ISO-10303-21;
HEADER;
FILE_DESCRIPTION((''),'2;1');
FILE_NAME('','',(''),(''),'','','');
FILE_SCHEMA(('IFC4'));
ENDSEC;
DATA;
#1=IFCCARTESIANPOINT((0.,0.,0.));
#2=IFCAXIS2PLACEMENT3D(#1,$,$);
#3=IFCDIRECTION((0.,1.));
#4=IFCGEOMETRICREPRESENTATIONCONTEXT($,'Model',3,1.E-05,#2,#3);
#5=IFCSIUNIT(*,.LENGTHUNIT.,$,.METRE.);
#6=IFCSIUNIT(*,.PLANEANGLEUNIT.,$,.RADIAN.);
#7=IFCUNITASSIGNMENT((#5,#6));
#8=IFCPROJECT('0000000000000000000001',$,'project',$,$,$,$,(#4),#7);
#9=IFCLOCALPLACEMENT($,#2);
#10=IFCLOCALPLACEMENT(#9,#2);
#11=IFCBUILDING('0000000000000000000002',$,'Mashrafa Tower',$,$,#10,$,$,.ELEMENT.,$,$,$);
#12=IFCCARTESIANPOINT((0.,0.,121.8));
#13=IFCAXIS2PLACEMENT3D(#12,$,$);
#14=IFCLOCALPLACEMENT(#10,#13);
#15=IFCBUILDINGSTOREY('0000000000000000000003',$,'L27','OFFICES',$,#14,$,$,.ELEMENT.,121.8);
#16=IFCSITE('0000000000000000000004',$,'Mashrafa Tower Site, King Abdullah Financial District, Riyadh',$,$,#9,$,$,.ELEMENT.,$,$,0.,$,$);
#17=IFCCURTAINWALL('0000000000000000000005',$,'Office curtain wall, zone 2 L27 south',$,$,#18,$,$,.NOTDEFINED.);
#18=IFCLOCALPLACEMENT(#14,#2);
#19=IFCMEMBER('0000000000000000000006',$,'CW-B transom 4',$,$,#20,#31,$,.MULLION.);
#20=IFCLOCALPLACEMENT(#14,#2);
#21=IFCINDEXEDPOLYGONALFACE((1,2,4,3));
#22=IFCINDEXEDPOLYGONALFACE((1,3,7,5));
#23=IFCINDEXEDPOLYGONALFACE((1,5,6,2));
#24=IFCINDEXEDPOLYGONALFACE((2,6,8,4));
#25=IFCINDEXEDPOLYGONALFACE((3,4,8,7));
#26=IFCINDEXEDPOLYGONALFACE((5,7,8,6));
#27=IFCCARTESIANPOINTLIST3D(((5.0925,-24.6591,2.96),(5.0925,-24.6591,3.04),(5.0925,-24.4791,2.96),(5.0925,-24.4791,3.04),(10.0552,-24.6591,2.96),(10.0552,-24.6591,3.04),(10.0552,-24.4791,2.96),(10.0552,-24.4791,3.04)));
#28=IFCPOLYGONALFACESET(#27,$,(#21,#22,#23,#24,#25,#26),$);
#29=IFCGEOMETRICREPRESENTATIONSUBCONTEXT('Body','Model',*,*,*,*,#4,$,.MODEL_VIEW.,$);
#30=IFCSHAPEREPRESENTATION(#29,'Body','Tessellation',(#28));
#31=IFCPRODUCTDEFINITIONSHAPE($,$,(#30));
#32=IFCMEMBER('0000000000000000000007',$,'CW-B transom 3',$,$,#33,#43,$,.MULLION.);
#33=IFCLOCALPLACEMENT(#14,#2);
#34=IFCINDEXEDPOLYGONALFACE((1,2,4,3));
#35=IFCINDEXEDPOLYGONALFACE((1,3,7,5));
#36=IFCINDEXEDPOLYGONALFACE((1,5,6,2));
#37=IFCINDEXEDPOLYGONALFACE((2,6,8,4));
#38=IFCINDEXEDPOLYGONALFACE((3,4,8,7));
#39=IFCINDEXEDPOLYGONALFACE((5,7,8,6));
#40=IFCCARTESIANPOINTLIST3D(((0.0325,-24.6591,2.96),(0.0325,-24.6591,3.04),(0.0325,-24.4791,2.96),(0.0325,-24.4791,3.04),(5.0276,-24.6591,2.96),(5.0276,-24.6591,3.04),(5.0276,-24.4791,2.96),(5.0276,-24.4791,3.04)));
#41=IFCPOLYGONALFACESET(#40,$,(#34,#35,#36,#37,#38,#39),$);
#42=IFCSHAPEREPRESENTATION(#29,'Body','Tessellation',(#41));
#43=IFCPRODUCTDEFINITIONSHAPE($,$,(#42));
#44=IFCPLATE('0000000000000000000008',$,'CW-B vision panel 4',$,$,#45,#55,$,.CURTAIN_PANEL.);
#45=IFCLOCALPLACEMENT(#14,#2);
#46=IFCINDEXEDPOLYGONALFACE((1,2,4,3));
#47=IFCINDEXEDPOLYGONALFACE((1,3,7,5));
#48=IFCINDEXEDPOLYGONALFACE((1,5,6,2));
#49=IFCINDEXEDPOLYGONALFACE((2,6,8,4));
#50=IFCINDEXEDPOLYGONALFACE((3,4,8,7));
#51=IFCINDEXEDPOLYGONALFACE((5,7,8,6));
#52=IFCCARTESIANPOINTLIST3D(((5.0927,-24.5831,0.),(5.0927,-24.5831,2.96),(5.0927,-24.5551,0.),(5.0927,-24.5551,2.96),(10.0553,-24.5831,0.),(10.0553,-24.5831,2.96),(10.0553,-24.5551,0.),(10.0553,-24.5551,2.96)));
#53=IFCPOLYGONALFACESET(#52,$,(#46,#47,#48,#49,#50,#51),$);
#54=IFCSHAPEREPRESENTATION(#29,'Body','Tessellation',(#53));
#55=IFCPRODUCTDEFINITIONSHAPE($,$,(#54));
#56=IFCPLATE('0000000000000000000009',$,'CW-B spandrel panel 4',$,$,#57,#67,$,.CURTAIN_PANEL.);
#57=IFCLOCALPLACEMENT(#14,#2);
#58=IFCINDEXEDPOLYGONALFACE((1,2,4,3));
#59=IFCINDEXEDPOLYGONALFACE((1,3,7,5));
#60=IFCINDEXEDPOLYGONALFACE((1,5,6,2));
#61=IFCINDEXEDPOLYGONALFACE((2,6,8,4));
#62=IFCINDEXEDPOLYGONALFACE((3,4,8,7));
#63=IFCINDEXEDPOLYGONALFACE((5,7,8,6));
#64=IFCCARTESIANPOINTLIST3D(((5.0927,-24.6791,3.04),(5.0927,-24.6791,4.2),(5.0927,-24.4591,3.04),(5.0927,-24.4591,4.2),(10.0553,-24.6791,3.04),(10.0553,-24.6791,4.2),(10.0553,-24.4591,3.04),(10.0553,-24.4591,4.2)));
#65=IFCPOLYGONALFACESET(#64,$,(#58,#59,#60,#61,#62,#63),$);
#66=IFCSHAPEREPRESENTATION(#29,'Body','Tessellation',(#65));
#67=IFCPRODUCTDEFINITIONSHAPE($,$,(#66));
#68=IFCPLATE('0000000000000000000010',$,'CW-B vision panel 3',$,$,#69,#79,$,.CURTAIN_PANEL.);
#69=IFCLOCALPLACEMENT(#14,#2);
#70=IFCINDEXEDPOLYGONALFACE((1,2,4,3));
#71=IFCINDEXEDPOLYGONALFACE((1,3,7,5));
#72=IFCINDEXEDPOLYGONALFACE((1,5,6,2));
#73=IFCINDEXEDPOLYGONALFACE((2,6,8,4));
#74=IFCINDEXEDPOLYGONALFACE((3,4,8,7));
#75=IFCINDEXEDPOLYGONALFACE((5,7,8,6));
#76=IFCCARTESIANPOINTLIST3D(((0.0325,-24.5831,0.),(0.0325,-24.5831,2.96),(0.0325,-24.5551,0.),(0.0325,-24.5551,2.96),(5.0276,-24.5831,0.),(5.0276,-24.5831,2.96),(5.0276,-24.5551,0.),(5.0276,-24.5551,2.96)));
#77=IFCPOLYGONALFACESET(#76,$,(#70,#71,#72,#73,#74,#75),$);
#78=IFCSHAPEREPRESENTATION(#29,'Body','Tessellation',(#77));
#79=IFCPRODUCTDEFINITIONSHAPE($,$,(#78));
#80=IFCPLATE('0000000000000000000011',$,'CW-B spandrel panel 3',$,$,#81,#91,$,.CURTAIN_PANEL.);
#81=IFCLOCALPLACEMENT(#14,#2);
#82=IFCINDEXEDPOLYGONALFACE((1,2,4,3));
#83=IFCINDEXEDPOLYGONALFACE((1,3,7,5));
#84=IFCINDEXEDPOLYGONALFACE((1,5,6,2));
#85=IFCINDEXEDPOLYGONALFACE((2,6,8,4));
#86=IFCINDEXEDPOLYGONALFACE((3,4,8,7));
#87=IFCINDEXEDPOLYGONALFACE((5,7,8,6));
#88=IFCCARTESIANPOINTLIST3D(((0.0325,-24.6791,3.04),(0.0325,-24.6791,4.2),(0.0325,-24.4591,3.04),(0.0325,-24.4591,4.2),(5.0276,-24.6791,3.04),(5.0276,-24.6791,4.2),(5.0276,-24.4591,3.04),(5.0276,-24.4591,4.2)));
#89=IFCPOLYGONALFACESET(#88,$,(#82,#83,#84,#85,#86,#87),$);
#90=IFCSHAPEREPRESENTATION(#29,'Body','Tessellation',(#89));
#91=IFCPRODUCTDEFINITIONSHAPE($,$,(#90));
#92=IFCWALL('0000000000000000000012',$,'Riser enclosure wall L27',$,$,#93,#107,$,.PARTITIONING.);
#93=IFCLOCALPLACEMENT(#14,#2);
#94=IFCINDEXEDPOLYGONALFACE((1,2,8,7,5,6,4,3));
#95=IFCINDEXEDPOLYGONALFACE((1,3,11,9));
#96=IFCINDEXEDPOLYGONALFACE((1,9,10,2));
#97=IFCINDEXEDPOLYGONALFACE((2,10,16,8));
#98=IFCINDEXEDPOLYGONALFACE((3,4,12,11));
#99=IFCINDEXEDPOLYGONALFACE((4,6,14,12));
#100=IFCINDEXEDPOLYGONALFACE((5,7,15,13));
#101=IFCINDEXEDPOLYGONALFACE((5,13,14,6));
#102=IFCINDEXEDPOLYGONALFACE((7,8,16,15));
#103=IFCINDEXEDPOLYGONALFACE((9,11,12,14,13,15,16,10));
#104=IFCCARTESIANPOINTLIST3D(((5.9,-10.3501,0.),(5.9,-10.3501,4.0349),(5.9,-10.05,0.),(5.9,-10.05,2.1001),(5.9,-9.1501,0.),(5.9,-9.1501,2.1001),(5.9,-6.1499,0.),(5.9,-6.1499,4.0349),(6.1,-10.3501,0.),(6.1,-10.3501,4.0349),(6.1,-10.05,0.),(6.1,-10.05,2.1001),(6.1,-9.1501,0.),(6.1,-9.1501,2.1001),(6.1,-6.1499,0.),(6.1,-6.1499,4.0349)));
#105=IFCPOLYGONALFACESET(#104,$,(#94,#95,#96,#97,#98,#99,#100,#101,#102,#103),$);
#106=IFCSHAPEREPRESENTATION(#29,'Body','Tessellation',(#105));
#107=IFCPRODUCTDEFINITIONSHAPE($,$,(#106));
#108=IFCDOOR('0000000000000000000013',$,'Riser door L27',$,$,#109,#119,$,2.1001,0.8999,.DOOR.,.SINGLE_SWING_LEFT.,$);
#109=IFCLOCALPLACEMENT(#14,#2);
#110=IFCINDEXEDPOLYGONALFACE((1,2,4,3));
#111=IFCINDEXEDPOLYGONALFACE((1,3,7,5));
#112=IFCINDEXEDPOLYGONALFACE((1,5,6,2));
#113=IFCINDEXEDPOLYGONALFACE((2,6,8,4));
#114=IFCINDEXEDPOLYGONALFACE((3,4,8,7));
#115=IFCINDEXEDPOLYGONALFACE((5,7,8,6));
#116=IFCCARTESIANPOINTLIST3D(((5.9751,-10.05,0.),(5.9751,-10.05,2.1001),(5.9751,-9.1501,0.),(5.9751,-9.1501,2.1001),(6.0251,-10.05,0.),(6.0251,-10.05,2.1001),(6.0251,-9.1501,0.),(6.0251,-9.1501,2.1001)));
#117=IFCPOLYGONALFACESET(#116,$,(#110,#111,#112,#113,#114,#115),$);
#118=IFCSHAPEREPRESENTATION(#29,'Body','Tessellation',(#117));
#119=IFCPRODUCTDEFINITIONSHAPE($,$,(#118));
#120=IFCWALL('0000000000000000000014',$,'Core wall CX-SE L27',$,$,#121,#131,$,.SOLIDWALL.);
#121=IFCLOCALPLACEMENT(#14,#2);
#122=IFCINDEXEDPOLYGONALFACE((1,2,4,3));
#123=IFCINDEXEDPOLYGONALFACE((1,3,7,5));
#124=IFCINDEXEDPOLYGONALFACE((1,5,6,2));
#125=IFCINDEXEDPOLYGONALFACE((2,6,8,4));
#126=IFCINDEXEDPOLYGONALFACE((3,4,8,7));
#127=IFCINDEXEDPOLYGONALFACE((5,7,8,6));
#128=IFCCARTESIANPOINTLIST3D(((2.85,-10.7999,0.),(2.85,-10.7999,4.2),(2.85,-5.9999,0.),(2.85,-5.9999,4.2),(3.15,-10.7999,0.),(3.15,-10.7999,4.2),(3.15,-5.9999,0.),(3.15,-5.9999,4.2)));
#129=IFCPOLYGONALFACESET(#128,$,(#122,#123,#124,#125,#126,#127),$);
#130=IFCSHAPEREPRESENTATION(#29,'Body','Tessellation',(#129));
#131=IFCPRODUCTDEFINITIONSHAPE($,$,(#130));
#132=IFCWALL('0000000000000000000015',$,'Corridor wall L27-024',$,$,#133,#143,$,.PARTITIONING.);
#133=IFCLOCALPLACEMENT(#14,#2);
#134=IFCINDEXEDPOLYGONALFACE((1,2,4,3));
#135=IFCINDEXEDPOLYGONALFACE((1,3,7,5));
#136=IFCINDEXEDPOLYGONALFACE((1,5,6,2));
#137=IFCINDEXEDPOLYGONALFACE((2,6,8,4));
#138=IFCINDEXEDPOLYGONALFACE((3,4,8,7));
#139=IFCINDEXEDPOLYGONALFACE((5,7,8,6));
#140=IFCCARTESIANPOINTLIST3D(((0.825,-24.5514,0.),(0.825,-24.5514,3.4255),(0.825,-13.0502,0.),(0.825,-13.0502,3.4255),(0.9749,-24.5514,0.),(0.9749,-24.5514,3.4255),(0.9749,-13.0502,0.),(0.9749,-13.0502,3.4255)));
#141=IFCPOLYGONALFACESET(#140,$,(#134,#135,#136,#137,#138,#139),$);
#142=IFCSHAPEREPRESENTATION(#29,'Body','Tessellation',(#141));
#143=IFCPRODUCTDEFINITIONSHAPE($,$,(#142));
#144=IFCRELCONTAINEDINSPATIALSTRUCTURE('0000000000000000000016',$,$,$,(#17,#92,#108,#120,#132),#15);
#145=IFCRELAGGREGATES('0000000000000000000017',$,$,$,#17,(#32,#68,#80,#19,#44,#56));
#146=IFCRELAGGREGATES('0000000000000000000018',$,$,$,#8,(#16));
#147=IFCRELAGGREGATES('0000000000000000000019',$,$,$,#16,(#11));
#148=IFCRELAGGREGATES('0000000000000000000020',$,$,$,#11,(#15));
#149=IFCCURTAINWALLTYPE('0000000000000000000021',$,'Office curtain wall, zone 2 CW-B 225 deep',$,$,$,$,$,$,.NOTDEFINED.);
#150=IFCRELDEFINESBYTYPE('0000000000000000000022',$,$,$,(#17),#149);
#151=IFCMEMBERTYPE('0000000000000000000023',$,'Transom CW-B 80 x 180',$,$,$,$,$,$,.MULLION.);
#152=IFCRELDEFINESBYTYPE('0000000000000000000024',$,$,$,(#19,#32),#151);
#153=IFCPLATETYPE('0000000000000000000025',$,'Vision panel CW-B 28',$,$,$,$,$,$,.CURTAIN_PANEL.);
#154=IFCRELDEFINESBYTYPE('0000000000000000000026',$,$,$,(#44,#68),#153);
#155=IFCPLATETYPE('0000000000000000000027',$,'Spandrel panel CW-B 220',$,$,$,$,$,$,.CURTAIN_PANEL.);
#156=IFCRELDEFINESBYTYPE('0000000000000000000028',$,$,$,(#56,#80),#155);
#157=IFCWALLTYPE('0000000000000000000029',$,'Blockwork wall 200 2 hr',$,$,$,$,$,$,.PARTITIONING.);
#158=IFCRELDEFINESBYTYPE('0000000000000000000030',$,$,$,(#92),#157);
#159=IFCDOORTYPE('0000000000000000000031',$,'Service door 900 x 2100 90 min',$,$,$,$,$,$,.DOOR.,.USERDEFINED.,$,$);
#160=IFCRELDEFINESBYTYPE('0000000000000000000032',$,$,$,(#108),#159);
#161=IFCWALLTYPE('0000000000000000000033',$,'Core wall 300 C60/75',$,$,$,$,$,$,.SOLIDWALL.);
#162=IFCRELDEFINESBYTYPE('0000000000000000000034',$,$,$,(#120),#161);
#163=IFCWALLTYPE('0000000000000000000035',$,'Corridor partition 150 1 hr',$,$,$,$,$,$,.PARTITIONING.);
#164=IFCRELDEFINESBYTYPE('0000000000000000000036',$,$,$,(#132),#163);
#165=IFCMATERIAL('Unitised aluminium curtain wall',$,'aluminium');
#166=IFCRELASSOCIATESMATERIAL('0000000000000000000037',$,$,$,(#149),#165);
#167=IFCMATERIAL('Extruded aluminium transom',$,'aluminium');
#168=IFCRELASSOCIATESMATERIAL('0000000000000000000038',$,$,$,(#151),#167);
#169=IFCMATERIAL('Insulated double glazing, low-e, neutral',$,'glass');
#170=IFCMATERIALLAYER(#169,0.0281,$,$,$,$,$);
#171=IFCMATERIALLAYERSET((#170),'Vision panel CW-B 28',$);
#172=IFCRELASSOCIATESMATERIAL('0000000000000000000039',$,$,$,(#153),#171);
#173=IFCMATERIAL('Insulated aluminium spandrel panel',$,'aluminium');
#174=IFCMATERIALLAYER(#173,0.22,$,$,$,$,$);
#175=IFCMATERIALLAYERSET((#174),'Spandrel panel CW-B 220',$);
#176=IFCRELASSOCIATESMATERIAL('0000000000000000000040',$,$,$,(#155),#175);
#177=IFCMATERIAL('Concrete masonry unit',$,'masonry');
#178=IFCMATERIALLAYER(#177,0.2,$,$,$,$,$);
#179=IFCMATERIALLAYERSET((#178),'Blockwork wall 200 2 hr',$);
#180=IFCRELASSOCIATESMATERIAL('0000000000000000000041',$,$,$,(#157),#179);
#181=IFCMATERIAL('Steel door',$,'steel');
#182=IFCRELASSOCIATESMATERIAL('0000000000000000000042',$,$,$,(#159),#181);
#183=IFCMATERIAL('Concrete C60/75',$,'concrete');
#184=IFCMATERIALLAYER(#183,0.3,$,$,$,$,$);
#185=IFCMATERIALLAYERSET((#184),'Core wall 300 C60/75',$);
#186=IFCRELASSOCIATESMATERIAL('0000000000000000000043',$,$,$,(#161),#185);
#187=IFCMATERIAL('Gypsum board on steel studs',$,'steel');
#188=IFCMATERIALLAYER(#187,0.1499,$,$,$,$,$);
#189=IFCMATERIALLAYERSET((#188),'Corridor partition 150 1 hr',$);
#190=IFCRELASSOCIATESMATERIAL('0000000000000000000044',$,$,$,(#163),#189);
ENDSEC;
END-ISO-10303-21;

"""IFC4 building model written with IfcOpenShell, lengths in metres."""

from ifc_helpers import new_model, si_unit, direction, frame, frame_2d, origin, origin_2d, place, context, subcontext, project, spatial, rectangle, extrude, source, transform, mapped, material, layer, layer_set, material_profile, profile_set, type_object, type_shapes, element, fill, aggregate, save


model = new_model("IFC4")

# Units and contexts
model_context = context("Model", 3, precision=1e-05, world=origin(), true_north=direction((0.0, 1.0)))
body_context = subcontext(model_context, "Body", "Model", "MODEL_VIEW")
ifc_project = project(units=[si_unit("LENGTHUNIT", "METRE"), si_unit("PLANEANGLEUNIT", "RADIAN")], contexts=[model_context])

# Site, building, storey
site_placement = place(None, origin())
site = spatial("IfcSite", under=ifc_project, at=site_placement, Name="Mashrafa Tower Site, King Abdullah Financial District, Riyadh", CompositionType="ELEMENT", RefElevation=0.0)
building_placement = place(site_placement, origin())
building = spatial("IfcBuilding", under=site, at=building_placement, Name="Mashrafa Tower", CompositionType="ELEMENT")
storey_placement = place(building_placement, frame((0.0, 0.0, 121.8)))
storey = spatial("IfcBuildingStorey", under=building, at=storey_placement, Name="L27", Description="OFFICES", CompositionType="ELEMENT", Elevation=121.8)

# Curtain wall, members, plates
ifc_material_1 = material(Name="Unitised aluminium curtain wall", Category="aluminium")
curtain_wall_type = type_object("IfcCurtainWallType", Name="Office curtain wall, zone 2 CW-B 225 deep", PredefinedType="NOTDEFINED", material=ifc_material_1)
curtain_wall_placement = place(storey_placement, origin())
curtain_wall = element("IfcCurtainWall", 1, at=curtain_wall_placement, inside=storey, type_object=curtain_wall_type, Name="Office curtain wall, zone 2 L27 south", PredefinedType="NOTDEFINED")
ifc_material_2 = material(Name="Extruded aluminium transom", Category="aluminium")
ifc_material_profile_1 = material_profile(ifc_material_2, rectangle(XDim=0.1799, YDim=0.0801, at=origin_2d()), Name="Transom 80x180")
ifc_profile_set_1 = profile_set([ifc_material_profile_1], Name="Extruded aluminium transom")
member_type_1 = type_object("IfcMemberType", Name="Transom CW-B 80 x 180", PredefinedType="MULLION", material=ifc_profile_set_1)
shared_shape_1 = source(origin(), body_context, "Body", "SweptSolid", [
    extrude(rectangle(XDim=0.1799, YDim=0.0801, at=origin_2d()), origin(), (0.0, 0.0, 1.0), 4.9626),
])
member_1_placement = place(storey_placement, frame((5.0925, -24.5691, 3.0), z_axis=(1.0, 0.0, 0.0), x_axis=(0.0, 1.0, 0.0)))
member_1 = element("IfcMember", 2, at=member_1_placement, type_object=member_type_1, Name="CW-B transom 4", PredefinedType="MULLION", context=body_context, shape_type="MappedRepresentation", body=[
    mapped(shared_shape_1, transform((0.0, 0.0, 0.0))),
])
shared_shape_2 = source(origin(), body_context, "Body", "SweptSolid", [
    extrude(rectangle(XDim=0.1799, YDim=0.0801, at=origin_2d()), origin(), (0.0, 0.0, 1.0), 4.9951),
])
type_shapes(member_type_1, [shared_shape_1, shared_shape_2])
member_2_placement = place(storey_placement, frame((0.0325, -24.5691, 3.0), z_axis=(1.0, 0.0, 0.0), x_axis=(0.0, 1.0, 0.0)))
member_2 = element("IfcMember", 3, at=member_2_placement, type_object=member_type_1, Name="CW-B transom 3", PredefinedType="MULLION", context=body_context, shape_type="MappedRepresentation", body=[
    mapped(shared_shape_2, transform((0.0, 0.0, 0.0))),
])
ifc_material_3 = material(Name="Insulated double glazing, low-e, neutral", Category="glass")
ifc_layer_1 = layer(ifc_material_3, 0.0281)
ifc_layer_set_1 = layer_set([ifc_layer_1], Name="Vision panel CW-B 28")
plate_type_1 = type_object("IfcPlateType", Name="Vision panel CW-B 28", PredefinedType="CURTAIN_PANEL", material=ifc_layer_set_1)
shared_shape_3 = source(origin(), body_context, "Body", "SweptSolid", [
    extrude(rectangle(XDim=4.9626, YDim=0.0281, at=origin_2d()), origin(), (0.0, 0.0, 1.0), 2.96),
])
plate_1_placement = place(storey_placement, frame((7.574, -24.5691, 0.0), z_axis=(0.0, 0.0, 1.0), x_axis=(1.0, 0.0, 0.0)))
plate_1 = element("IfcPlate", 4, at=plate_1_placement, type_object=plate_type_1, Name="CW-B vision panel 4", PredefinedType="CURTAIN_PANEL", context=body_context, shape_type="MappedRepresentation", body=[
    mapped(shared_shape_3, transform((0.0, 0.0, 0.0))),
])
ifc_material_4 = material(Name="Insulated aluminium spandrel panel", Category="aluminium")
ifc_layer_2 = layer(ifc_material_4, 0.22)
ifc_layer_set_2 = layer_set([ifc_layer_2], Name="Spandrel panel CW-B 220")
plate_type_2 = type_object("IfcPlateType", Name="Spandrel panel CW-B 220", PredefinedType="CURTAIN_PANEL", material=ifc_layer_set_2)
shared_shape_4 = source(origin(), body_context, "Body", "SweptSolid", [
    extrude(rectangle(XDim=4.9626, YDim=0.22, at=origin_2d()), origin(), (0.0, 0.0, 1.0), 1.1599),
])
plate_2_placement = place(storey_placement, frame((7.574, -24.5691, 3.04), z_axis=(0.0, 0.0, 1.0), x_axis=(1.0, 0.0, 0.0)))
plate_2 = element("IfcPlate", 5, at=plate_2_placement, type_object=plate_type_2, Name="CW-B spandrel panel 4", PredefinedType="CURTAIN_PANEL", context=body_context, shape_type="MappedRepresentation", body=[
    mapped(shared_shape_4, transform((0.0, 0.0, 0.0))),
])
shared_shape_5 = source(origin(), body_context, "Body", "SweptSolid", [
    extrude(rectangle(XDim=4.9951, YDim=0.0281, at=origin_2d()), origin(), (0.0, 0.0, 1.0), 2.96),
])
type_shapes(plate_type_1, [shared_shape_3, shared_shape_5])
plate_3_placement = place(storey_placement, frame((2.53, -24.5691, 0.0), z_axis=(0.0, 0.0, 1.0), x_axis=(1.0, 0.0, 0.0)))
plate_3 = element("IfcPlate", 6, at=plate_3_placement, type_object=plate_type_1, Name="CW-B vision panel 3", PredefinedType="CURTAIN_PANEL", context=body_context, shape_type="MappedRepresentation", body=[
    mapped(shared_shape_5, transform((0.0, 0.0, 0.0))),
])
shared_shape_6 = source(origin(), body_context, "Body", "SweptSolid", [
    extrude(rectangle(XDim=4.9951, YDim=0.22, at=origin_2d()), origin(), (0.0, 0.0, 1.0), 1.1599),
])
type_shapes(plate_type_2, [shared_shape_4, shared_shape_6])
plate_4_placement = place(storey_placement, frame((2.53, -24.5691, 3.04), z_axis=(0.0, 0.0, 1.0), x_axis=(1.0, 0.0, 0.0)))
plate_4 = element("IfcPlate", 7, at=plate_4_placement, type_object=plate_type_2, Name="CW-B spandrel panel 3", PredefinedType="CURTAIN_PANEL", context=body_context, shape_type="MappedRepresentation", body=[
    mapped(shared_shape_6, transform((0.0, 0.0, 0.0))),
])
aggregate(curtain_wall, [member_2, plate_3, plate_4, member_1, plate_1, plate_2])

# Wall, opening, door
ifc_material_5 = material(Name="Concrete masonry unit", Category="masonry")
ifc_layer_3 = layer(ifc_material_5, 0.2)
ifc_layer_set_3 = layer_set([ifc_layer_3], Name="Blockwork wall 200 2 hr")
wall_type_1 = type_object("IfcWallType", Name="Blockwork wall 200 2 hr", PredefinedType="PARTITIONING", material=ifc_layer_set_3)
wall_1_placement = place(storey_placement, frame((6.0, -10.3501, 0.0), z_axis=(0.0, 0.0, 1.0), x_axis=(0.0, 1.0, 0.0)))
wall_1 = element("IfcWall", 8, at=wall_1_placement, inside=storey, type_object=wall_type_1, Name="Riser enclosure wall L27", PredefinedType="PARTITIONING", context=body_context, shape_type="SweptSolid", body=[
    extrude(rectangle(XDim=4.2002, YDim=0.2, at=frame_2d((2.1001, 0.0))), origin(), (0.0, 0.0, 1.0), 4.0349),
])
opening_1_placement = place(wall_1_placement, frame((0.3, 0.0, 0.0)))
opening_1 = element("IfcOpeningElement", 9, at=opening_1_placement, cuts=wall_1, PredefinedType="OPENING", context=body_context, shape_type="SweptSolid", body=[
    extrude(rectangle(XDim=0.8999, YDim=2.1001, at=frame_2d((0.45, 1.05))), frame((0.0, 0.1099, 0.0), z_axis=(0.0, -1.0, 0.0), x_axis=(1.0, 0.0, 0.0)), (0.0, 0.0, 1.0), 0.22),
])
ifc_material_6 = material(Name="Steel door", Category="steel")
door_type_1 = type_object("IfcDoorType", Name="Service door 900 x 2100 90 min", OperationType="USERDEFINED", PredefinedType="DOOR", material=ifc_material_6)
door_1_placement = place(opening_1_placement, origin())
door_1 = element("IfcDoor", 10, at=door_1_placement, inside=storey, type_object=door_type_1, Name="Riser door L27", OperationType="SINGLE_SWING_LEFT", OverallHeight=2.1001, OverallWidth=0.8999, PredefinedType="DOOR", context=body_context, shape_type="SweptSolid", body=[
    extrude(rectangle(XDim=0.8999, YDim=2.1001, at=frame_2d((0.45, 1.05))), frame((0.0, 0.0249, 0.0), z_axis=(0.0, -1.0, 0.0), x_axis=(1.0, 0.0, 0.0)), (0.0, 0.0, 1.0), 0.05),
])
fill(opening_1, door_1)

# Walls
ifc_material_7 = material(Name="Concrete C60/75", Category="concrete")
ifc_layer_4 = layer(ifc_material_7, 0.3)
ifc_layer_set_4 = layer_set([ifc_layer_4], Name="Core wall 300 C60/75")
wall_type_2 = type_object("IfcWallType", Name="Core wall 300 C60/75", PredefinedType="SOLIDWALL", material=ifc_layer_set_4)
wall_2_placement = place(storey_placement, frame((3.0, -6.0, 0.0), z_axis=(0.0, 0.0, 1.0), x_axis=(0.0, -1.0, 0.0)))
element("IfcWall", 11, at=wall_2_placement, inside=storey, type_object=wall_type_2, Name="Core wall CX-SE L27", PredefinedType="SOLIDWALL", context=body_context, shape_type="SweptSolid", body=[
    extrude(rectangle(XDim=4.8, YDim=0.3, at=frame_2d((2.3999, 0.0))), origin(), (0.0, 0.0, 1.0), 4.2),
])
ifc_material_8 = material(Name="Gypsum board on steel studs", Category="steel")
ifc_layer_5 = layer(ifc_material_8, 0.1499)
ifc_layer_set_5 = layer_set([ifc_layer_5], Name="Corridor partition 150 1 hr")
wall_type_3 = type_object("IfcWallType", Name="Corridor partition 150 1 hr", PredefinedType="PARTITIONING", material=ifc_layer_set_5)
wall_3_placement = place(storey_placement, frame((0.8999, -24.5513, 0.0), z_axis=(0.0, 0.0, 1.0), x_axis=(0.0, 1.0, 0.0)))
element("IfcWall", 12, at=wall_3_placement, inside=storey, type_object=wall_type_3, Name="Corridor wall L27-024", PredefinedType="PARTITIONING", context=body_context, shape_type="SweptSolid", body=[
    extrude(rectangle(XDim=11.5012, YDim=0.1499, at=frame_2d((5.7505, 0.0))), origin(), (0.0, 0.0, 1.0), 3.4255),
])

save(model, "model.ifc")
